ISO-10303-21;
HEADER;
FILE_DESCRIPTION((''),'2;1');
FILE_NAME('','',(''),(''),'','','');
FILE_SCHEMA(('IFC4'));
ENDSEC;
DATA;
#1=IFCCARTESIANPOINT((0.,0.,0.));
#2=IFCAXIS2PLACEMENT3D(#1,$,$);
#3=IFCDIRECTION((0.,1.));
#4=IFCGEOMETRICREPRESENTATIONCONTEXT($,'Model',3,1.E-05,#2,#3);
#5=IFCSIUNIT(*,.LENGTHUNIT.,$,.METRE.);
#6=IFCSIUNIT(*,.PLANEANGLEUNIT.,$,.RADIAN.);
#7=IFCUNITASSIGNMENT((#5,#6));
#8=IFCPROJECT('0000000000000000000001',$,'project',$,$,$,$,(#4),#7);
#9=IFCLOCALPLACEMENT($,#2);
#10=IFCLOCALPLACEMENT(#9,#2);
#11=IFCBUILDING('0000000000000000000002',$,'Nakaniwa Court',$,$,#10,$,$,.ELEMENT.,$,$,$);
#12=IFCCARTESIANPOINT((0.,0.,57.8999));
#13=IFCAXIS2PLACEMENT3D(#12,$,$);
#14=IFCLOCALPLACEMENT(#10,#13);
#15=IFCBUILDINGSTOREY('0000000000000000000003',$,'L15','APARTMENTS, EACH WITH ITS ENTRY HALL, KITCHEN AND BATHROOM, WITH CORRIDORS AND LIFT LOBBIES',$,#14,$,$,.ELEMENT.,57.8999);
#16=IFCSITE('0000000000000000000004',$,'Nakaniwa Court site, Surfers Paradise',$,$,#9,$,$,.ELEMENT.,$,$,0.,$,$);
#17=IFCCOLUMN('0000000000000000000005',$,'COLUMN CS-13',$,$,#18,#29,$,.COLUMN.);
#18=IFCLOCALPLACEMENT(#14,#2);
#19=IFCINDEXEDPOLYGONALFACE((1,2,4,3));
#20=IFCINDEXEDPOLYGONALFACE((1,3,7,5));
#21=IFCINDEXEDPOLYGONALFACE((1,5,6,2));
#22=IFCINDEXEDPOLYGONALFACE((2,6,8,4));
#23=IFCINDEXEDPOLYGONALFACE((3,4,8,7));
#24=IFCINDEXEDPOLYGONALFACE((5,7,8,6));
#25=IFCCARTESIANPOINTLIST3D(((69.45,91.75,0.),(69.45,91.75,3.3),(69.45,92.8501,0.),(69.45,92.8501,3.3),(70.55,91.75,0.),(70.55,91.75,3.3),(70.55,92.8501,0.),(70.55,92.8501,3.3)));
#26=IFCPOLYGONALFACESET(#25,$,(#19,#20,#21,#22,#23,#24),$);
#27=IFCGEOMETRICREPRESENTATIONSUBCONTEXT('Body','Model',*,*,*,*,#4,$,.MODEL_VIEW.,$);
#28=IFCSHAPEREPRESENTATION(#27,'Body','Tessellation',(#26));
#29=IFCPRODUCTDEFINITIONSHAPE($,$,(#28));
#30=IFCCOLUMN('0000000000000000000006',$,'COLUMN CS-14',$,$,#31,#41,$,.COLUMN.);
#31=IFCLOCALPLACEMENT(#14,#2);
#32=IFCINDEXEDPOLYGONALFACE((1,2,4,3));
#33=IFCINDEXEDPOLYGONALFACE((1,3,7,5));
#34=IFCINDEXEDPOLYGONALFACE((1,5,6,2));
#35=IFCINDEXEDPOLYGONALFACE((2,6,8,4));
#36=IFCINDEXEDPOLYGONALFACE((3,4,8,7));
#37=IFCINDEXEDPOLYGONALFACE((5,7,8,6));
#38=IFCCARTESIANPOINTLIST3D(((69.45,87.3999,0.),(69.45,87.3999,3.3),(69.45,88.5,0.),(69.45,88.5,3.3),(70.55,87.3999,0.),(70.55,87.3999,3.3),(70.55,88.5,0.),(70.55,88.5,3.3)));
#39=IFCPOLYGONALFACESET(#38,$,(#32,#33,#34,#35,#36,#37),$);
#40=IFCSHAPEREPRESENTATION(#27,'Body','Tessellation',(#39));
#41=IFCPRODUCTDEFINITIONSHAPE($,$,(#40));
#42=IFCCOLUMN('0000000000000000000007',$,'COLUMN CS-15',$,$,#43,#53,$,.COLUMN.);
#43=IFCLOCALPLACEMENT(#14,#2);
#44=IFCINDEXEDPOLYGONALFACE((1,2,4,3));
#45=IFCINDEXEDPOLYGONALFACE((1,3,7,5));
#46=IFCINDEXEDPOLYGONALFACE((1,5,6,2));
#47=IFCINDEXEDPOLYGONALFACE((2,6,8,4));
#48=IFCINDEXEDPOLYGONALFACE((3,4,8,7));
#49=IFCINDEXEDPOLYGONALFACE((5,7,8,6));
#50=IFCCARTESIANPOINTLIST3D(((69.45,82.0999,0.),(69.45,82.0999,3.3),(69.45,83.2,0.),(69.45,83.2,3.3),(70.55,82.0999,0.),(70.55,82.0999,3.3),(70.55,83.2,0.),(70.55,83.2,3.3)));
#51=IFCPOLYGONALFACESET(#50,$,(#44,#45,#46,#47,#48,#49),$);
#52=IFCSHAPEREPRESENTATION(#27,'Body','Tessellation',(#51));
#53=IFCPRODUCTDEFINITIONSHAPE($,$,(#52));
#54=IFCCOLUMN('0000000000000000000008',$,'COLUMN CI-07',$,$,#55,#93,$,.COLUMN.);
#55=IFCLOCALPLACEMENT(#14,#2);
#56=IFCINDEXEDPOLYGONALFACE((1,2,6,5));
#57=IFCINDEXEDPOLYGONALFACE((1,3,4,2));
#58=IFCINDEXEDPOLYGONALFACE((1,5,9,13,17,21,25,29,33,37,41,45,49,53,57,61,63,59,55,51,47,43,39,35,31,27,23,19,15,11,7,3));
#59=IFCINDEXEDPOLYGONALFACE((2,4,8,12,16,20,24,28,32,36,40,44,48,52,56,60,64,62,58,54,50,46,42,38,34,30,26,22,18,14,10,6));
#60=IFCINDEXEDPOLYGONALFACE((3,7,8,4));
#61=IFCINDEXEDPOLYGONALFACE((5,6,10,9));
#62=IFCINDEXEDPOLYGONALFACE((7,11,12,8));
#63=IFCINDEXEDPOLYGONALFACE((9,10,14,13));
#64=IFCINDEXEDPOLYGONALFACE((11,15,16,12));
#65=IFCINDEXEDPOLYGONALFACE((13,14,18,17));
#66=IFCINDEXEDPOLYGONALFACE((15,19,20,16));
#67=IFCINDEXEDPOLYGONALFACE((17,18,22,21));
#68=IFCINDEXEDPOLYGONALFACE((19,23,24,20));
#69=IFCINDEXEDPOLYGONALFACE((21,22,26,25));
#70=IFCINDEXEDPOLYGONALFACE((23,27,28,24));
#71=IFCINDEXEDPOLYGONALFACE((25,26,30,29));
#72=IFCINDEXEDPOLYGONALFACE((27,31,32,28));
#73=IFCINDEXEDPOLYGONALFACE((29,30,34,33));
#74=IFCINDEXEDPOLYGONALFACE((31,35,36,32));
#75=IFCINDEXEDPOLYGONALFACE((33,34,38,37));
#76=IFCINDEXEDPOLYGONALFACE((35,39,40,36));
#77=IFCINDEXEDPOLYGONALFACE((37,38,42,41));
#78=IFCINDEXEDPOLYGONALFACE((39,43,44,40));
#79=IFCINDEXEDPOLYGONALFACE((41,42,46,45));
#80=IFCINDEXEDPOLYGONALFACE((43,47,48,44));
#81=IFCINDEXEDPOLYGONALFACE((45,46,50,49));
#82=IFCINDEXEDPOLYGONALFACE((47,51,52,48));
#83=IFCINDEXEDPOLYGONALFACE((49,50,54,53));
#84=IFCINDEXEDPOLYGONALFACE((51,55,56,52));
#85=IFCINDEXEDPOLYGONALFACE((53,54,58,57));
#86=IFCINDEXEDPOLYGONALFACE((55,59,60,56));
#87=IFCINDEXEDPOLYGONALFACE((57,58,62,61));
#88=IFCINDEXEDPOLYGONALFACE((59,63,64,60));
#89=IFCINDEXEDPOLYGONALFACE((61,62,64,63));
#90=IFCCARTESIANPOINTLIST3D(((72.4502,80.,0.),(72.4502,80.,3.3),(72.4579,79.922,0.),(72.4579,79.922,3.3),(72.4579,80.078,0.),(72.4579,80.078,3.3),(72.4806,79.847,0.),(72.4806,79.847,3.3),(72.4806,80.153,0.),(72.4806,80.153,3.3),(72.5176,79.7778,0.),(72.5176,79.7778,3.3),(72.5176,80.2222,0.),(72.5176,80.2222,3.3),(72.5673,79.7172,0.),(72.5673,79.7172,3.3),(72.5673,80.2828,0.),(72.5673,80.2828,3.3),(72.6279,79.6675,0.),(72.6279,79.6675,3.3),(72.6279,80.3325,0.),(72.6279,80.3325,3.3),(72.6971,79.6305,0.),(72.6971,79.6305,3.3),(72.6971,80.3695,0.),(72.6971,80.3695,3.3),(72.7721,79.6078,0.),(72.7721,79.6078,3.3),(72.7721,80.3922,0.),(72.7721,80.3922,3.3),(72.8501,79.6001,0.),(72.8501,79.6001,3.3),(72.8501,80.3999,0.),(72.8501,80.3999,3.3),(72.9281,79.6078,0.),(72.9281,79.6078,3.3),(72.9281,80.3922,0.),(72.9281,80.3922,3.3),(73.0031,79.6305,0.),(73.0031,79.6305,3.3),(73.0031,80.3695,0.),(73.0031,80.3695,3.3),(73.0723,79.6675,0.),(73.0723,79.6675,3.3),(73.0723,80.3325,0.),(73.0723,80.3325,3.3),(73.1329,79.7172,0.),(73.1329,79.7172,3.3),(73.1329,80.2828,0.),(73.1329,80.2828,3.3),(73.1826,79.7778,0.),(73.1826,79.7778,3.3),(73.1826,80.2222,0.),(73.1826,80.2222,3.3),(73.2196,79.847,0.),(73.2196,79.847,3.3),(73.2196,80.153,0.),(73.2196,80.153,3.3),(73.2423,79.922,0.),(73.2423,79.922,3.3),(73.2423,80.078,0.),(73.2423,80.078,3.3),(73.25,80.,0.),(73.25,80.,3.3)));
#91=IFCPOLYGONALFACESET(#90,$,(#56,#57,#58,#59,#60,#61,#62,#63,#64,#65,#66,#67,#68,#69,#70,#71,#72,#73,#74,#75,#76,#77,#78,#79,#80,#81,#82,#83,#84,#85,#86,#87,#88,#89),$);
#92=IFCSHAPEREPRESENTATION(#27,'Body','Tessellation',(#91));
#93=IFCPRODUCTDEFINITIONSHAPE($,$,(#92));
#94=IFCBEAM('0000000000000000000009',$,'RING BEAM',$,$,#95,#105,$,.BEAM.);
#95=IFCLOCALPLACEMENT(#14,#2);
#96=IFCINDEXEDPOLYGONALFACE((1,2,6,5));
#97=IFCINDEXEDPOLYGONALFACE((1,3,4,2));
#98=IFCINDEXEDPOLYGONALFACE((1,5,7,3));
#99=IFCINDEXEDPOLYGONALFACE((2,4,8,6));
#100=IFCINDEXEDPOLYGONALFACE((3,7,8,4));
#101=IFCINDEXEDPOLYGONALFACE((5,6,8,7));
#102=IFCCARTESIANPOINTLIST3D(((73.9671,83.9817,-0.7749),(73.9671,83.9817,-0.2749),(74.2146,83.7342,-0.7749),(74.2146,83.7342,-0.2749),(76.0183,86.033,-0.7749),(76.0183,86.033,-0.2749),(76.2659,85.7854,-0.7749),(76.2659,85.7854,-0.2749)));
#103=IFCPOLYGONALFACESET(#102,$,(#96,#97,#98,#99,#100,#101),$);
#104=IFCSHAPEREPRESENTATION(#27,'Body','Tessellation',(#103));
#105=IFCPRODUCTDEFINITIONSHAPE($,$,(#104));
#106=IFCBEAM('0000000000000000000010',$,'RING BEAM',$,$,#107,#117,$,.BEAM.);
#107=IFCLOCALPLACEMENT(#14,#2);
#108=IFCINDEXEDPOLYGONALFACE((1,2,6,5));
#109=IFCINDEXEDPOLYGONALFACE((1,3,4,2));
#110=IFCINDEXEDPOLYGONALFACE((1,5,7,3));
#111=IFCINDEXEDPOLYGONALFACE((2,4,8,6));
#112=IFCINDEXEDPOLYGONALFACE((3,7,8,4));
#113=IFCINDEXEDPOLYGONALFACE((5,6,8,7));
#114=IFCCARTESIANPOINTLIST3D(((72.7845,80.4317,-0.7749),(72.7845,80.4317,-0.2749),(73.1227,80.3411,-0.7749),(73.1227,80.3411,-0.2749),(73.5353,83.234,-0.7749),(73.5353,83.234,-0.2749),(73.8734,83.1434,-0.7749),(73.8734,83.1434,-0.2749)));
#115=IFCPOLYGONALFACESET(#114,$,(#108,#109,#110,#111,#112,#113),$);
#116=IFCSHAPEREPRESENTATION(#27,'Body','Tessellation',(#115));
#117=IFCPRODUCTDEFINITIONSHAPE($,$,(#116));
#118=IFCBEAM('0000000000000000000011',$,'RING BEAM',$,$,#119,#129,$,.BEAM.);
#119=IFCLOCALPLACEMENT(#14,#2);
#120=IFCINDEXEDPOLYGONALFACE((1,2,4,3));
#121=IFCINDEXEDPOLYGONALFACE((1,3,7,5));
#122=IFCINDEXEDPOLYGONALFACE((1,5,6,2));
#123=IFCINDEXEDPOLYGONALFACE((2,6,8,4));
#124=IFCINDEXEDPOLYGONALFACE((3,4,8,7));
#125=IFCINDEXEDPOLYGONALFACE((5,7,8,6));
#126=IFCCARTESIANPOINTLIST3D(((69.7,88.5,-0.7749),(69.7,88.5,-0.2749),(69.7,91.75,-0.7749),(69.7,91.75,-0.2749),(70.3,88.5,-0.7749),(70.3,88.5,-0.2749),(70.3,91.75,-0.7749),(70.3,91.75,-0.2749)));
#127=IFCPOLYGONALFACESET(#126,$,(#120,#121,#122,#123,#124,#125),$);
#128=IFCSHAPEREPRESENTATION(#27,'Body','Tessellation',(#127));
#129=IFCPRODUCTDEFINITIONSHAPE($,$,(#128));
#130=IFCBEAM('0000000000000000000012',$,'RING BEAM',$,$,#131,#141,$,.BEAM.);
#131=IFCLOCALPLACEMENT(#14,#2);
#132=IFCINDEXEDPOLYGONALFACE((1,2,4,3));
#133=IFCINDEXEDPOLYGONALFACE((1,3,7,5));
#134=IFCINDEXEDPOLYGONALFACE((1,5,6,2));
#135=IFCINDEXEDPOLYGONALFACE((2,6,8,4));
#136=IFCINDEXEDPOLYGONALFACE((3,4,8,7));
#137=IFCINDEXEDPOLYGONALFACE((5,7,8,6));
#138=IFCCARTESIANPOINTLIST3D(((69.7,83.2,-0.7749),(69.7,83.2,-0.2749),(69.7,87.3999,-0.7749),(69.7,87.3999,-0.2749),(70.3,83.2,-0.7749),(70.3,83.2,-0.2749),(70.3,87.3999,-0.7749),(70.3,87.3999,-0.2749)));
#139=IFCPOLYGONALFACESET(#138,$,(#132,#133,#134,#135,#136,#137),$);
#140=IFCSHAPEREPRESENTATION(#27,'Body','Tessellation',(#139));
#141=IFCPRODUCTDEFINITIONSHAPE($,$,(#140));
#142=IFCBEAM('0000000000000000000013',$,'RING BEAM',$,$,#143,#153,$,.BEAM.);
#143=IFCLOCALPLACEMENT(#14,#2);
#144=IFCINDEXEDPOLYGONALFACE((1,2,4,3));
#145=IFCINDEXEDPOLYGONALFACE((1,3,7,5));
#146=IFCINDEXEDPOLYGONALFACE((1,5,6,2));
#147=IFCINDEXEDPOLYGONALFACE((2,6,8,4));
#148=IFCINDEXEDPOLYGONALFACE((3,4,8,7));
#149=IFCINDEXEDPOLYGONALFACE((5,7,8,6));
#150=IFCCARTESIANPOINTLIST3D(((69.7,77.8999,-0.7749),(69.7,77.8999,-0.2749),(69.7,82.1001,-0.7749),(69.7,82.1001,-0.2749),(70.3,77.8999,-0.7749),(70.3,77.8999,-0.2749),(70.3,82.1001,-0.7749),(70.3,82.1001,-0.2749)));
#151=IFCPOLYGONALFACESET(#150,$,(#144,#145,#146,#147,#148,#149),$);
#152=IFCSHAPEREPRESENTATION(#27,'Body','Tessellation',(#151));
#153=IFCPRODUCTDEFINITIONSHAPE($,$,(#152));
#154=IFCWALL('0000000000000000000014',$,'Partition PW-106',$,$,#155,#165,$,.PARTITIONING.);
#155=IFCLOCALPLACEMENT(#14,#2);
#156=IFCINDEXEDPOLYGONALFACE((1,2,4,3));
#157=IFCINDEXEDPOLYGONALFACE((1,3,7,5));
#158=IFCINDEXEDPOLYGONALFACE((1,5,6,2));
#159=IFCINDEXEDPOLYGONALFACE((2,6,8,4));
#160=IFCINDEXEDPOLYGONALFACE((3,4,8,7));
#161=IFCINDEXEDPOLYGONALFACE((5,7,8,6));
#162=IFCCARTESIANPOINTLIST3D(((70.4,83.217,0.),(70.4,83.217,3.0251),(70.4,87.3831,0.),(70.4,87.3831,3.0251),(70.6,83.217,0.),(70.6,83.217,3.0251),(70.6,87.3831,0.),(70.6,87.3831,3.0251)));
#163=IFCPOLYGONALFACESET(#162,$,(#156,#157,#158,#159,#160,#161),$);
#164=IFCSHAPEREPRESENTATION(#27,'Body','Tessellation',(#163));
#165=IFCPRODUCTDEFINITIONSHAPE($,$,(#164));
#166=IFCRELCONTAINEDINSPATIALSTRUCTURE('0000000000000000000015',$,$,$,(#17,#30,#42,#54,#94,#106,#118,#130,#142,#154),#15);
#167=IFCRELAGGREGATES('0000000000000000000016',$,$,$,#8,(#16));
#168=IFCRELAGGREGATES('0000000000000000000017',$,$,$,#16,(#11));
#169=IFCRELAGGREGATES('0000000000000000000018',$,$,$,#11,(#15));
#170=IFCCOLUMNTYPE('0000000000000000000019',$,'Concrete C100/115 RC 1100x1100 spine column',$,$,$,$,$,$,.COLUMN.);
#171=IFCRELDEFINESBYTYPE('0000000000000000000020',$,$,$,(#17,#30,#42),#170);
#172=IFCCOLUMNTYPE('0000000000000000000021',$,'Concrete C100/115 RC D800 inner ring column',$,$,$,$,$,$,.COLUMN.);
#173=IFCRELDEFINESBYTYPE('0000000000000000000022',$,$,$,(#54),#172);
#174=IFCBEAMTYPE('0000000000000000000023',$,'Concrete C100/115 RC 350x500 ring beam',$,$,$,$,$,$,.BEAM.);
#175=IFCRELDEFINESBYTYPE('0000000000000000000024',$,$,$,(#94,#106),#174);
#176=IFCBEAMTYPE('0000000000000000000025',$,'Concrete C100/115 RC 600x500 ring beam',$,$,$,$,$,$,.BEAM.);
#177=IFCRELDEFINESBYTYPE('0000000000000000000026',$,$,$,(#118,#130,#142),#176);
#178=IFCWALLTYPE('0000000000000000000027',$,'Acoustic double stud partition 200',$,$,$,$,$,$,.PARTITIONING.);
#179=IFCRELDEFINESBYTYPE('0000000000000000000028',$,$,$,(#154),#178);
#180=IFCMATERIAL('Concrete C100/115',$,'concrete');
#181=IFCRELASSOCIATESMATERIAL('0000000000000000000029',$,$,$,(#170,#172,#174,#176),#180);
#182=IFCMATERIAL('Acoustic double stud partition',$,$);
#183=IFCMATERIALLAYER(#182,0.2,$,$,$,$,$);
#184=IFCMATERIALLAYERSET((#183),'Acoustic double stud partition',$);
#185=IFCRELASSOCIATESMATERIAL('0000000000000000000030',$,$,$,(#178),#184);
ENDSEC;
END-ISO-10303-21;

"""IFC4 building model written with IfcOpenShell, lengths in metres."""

from ifc_helpers import new_model, si_unit, direction, frame, frame_2d, origin, origin_2d, place, context, subcontext, project, spatial, rectangle, circle, extrude, material, layer, layer_set, material_profile, profile_set, type_object, element, save


model = new_model("IFC4")

# Units and contexts
model_context = context("Model", 3, precision=1e-05, world=origin(), true_north=direction((0.0, 1.0)))
body_context = subcontext(model_context, "Body", "Model", "MODEL_VIEW")
ifc_project = project(units=[si_unit("LENGTHUNIT", "METRE"), si_unit("PLANEANGLEUNIT", "RADIAN")], contexts=[model_context])

# Site, building, storey
site_placement = place(None, origin())
site = spatial("IfcSite", under=ifc_project, at=site_placement, Name="Nakaniwa Court site, Surfers Paradise", CompositionType="ELEMENT", RefElevation=0.0)
building_placement = place(site_placement, origin())
building = spatial("IfcBuilding", under=site, at=building_placement, Name="Nakaniwa Court", CompositionType="ELEMENT")
storey_placement = place(building_placement, frame((0.0, 0.0, 57.8999)))
storey = spatial("IfcBuildingStorey", under=building, at=storey_placement, Name="L15", Description="APARTMENTS, EACH WITH ITS ENTRY HALL, KITCHEN AND BATHROOM, WITH CORRIDORS AND LIFT LOBBIES", CompositionType="ELEMENT", Elevation=57.8999)

# Columns
ifc_material_1 = material(Name="Concrete C100/115", Category="concrete")
ifc_material_profile_1 = material_profile(ifc_material_1, rectangle(XDim=1.1001, YDim=1.1001, at=origin_2d()), Name="Concrete C100/115 RC 1100x1100 spine column")
ifc_profile_set_1 = profile_set([ifc_material_profile_1], Name="Concrete C100/115")
column_type_1 = type_object("IfcColumnType", Name="Concrete C100/115 RC 1100x1100 spine column", PredefinedType="COLUMN", material=ifc_profile_set_1)
for number, where, z_axis, x_axis, name in (
    (1, (70.0, 92.3, 0.0), (0.0, 0.0, 1.0), (0.0, -1.0, 0.0), "COLUMN CS-13"),
    (2, (70.0, 87.95, 0.0), (0.0, 0.0, 1.0), (0.0, -1.0, 0.0), "COLUMN CS-14"),
    (3, (70.0, 82.6499, 0.0), (0.0, 0.0, 1.0), (0.0, -1.0, 0.0), "COLUMN CS-15"),
):
    element("IfcColumn", number, at=place(storey_placement, frame(where, z_axis=z_axis, x_axis=x_axis)), inside=storey, type_object=column_type_1, Name=name, PredefinedType="COLUMN", context=body_context, shape_type="SweptSolid", body=[
        extrude(rectangle(XDim=1.1001, YDim=1.1001, at=origin_2d()), origin(), (0.0, 0.0, 1.0), 3.3),
    ])
ifc_material_profile_2 = material_profile(ifc_material_1, circle(Radius=0.3999, at=origin_2d()), Name="Concrete C100/115 RC D800 inner ring column")
ifc_profile_set_2 = profile_set([ifc_material_profile_2], Name="Concrete C100/115")
column_type_2 = type_object("IfcColumnType", Name="Concrete C100/115 RC D800 inner ring column", PredefinedType="COLUMN", material=ifc_profile_set_2)
for number, where, z_axis, x_axis, name in (
    (4, (72.8501, 80.0, 0.0), (0.0, 0.0, 1.0), (0.0, -1.0, 0.0), "COLUMN CI-07"),
):
    element("IfcColumn", number, at=place(storey_placement, frame(where, z_axis=z_axis, x_axis=x_axis)), inside=storey, type_object=column_type_2, Name=name, PredefinedType="COLUMN", context=body_context, shape_type="SweptSolid", body=[
        extrude(circle(Radius=0.3999, at=origin_2d()), origin(), (0.0, 0.0, 1.0), 3.3),
    ])

# Beams
ifc_material_profile_3 = material_profile(ifc_material_1, rectangle(XDim=0.3501, YDim=0.5, at=origin_2d()), Name="Concrete C100/115 RC 350x500 ring beam")
ifc_profile_set_3 = profile_set([ifc_material_profile_3], Name="Concrete C100/115")
beam_type_1 = type_object("IfcBeamType", Name="Concrete C100/115 RC 350x500 ring beam", PredefinedType="BEAM", material=ifc_profile_set_3)
beam_1_placement = place(storey_placement, frame((76.1421, 85.9092, -0.5249), z_axis=(-0.707107, -0.707107, 0.0), x_axis=(0.707107, -0.707107, 0.0)))
element("IfcBeam", 5, at=beam_1_placement, inside=storey, type_object=beam_type_1, Name="RING BEAM", PredefinedType="BEAM", context=body_context, shape_type="SweptSolid", body=[
    extrude(rectangle(XDim=0.3501, YDim=0.5, at=origin_2d()), origin(), (0.0, 0.0, 1.0), 2.9009),
])
beam_2_placement = place(storey_placement, frame((73.7043, 83.1887, -0.5249), z_axis=(-0.258778, -0.965937, 0.0), x_axis=(0.965937, -0.258778, 0.0)))
element("IfcBeam", 6, at=beam_2_placement, inside=storey, type_object=beam_type_1, Name="RING BEAM", PredefinedType="BEAM", context=body_context, shape_type="SweptSolid", body=[
    extrude(rectangle(XDim=0.3501, YDim=0.5, at=origin_2d()), origin(), (0.0, 0.0, 1.0), 2.9011),
])
ifc_material_profile_4 = material_profile(ifc_material_1, rectangle(XDim=0.6001, YDim=0.5, at=origin_2d()), Name="Concrete C100/115 RC 600x500 ring beam")
ifc_profile_set_4 = profile_set([ifc_material_profile_4], Name="Concrete C100/115")
beam_type_2 = type_object("IfcBeamType", Name="Concrete C100/115 RC 600x500 ring beam", PredefinedType="BEAM", material=ifc_profile_set_4)
beam_3_placement = place(storey_placement, frame((70.0, 91.75, -0.5249), z_axis=(0.0, -1.0, 0.0), x_axis=(1.0, 0.0, 0.0)))
element("IfcBeam", 7, at=beam_3_placement, inside=storey, type_object=beam_type_2, Name="RING BEAM", PredefinedType="BEAM", context=body_context, shape_type="SweptSolid", body=[
    extrude(rectangle(XDim=0.6001, YDim=0.5, at=origin_2d()), origin(), (0.0, 0.0, 1.0), 3.25),
])
beam_4_placement = place(storey_placement, frame((70.0, 87.3999, -0.5249), z_axis=(0.0, -1.0, 0.0), x_axis=(1.0, 0.0, 0.0)))
element("IfcBeam", 8, at=beam_4_placement, inside=storey, type_object=beam_type_2, Name="RING BEAM", PredefinedType="BEAM", context=body_context, shape_type="SweptSolid", body=[
    extrude(rectangle(XDim=0.6001, YDim=0.5, at=origin_2d()), origin(), (0.0, 0.0, 1.0), 4.2),
])
beam_5_placement = place(storey_placement, frame((70.0, 82.1001, -0.5249), z_axis=(0.0, -1.0, 0.0), x_axis=(1.0, 0.0, 0.0)))
element("IfcBeam", 9, at=beam_5_placement, inside=storey, type_object=beam_type_2, Name="RING BEAM", PredefinedType="BEAM", context=body_context, shape_type="SweptSolid", body=[
    extrude(rectangle(XDim=0.6001, YDim=0.5, at=origin_2d()), origin(), (0.0, 0.0, 1.0), 4.2002),
])

# Wall
ifc_material_2 = material(Name="Acoustic double stud partition")
ifc_layer_1 = layer(ifc_material_2, 0.2)
ifc_layer_set_1 = layer_set([ifc_layer_1], Name="Acoustic double stud partition")
wall_type_1 = type_object("IfcWallType", Name="Acoustic double stud partition 200", PredefinedType="PARTITIONING", material=ifc_layer_set_1)
wall_1_placement = place(storey_placement, frame((70.5, 83.217, 0.0), z_axis=(0.0, 0.0, 1.0), x_axis=(0.0, 1.0, 0.0)))
element("IfcWall", 10, at=wall_1_placement, inside=storey, type_object=wall_type_1, Name="Partition PW-106", PredefinedType="PARTITIONING", context=body_context, shape_type="SweptSolid", body=[
    extrude(rectangle(XDim=4.166, YDim=0.2, at=frame_2d((2.083, 0.0))), origin(), (0.0, 0.0, 1.0), 3.0251),
])

save(model, "model.ifc")
